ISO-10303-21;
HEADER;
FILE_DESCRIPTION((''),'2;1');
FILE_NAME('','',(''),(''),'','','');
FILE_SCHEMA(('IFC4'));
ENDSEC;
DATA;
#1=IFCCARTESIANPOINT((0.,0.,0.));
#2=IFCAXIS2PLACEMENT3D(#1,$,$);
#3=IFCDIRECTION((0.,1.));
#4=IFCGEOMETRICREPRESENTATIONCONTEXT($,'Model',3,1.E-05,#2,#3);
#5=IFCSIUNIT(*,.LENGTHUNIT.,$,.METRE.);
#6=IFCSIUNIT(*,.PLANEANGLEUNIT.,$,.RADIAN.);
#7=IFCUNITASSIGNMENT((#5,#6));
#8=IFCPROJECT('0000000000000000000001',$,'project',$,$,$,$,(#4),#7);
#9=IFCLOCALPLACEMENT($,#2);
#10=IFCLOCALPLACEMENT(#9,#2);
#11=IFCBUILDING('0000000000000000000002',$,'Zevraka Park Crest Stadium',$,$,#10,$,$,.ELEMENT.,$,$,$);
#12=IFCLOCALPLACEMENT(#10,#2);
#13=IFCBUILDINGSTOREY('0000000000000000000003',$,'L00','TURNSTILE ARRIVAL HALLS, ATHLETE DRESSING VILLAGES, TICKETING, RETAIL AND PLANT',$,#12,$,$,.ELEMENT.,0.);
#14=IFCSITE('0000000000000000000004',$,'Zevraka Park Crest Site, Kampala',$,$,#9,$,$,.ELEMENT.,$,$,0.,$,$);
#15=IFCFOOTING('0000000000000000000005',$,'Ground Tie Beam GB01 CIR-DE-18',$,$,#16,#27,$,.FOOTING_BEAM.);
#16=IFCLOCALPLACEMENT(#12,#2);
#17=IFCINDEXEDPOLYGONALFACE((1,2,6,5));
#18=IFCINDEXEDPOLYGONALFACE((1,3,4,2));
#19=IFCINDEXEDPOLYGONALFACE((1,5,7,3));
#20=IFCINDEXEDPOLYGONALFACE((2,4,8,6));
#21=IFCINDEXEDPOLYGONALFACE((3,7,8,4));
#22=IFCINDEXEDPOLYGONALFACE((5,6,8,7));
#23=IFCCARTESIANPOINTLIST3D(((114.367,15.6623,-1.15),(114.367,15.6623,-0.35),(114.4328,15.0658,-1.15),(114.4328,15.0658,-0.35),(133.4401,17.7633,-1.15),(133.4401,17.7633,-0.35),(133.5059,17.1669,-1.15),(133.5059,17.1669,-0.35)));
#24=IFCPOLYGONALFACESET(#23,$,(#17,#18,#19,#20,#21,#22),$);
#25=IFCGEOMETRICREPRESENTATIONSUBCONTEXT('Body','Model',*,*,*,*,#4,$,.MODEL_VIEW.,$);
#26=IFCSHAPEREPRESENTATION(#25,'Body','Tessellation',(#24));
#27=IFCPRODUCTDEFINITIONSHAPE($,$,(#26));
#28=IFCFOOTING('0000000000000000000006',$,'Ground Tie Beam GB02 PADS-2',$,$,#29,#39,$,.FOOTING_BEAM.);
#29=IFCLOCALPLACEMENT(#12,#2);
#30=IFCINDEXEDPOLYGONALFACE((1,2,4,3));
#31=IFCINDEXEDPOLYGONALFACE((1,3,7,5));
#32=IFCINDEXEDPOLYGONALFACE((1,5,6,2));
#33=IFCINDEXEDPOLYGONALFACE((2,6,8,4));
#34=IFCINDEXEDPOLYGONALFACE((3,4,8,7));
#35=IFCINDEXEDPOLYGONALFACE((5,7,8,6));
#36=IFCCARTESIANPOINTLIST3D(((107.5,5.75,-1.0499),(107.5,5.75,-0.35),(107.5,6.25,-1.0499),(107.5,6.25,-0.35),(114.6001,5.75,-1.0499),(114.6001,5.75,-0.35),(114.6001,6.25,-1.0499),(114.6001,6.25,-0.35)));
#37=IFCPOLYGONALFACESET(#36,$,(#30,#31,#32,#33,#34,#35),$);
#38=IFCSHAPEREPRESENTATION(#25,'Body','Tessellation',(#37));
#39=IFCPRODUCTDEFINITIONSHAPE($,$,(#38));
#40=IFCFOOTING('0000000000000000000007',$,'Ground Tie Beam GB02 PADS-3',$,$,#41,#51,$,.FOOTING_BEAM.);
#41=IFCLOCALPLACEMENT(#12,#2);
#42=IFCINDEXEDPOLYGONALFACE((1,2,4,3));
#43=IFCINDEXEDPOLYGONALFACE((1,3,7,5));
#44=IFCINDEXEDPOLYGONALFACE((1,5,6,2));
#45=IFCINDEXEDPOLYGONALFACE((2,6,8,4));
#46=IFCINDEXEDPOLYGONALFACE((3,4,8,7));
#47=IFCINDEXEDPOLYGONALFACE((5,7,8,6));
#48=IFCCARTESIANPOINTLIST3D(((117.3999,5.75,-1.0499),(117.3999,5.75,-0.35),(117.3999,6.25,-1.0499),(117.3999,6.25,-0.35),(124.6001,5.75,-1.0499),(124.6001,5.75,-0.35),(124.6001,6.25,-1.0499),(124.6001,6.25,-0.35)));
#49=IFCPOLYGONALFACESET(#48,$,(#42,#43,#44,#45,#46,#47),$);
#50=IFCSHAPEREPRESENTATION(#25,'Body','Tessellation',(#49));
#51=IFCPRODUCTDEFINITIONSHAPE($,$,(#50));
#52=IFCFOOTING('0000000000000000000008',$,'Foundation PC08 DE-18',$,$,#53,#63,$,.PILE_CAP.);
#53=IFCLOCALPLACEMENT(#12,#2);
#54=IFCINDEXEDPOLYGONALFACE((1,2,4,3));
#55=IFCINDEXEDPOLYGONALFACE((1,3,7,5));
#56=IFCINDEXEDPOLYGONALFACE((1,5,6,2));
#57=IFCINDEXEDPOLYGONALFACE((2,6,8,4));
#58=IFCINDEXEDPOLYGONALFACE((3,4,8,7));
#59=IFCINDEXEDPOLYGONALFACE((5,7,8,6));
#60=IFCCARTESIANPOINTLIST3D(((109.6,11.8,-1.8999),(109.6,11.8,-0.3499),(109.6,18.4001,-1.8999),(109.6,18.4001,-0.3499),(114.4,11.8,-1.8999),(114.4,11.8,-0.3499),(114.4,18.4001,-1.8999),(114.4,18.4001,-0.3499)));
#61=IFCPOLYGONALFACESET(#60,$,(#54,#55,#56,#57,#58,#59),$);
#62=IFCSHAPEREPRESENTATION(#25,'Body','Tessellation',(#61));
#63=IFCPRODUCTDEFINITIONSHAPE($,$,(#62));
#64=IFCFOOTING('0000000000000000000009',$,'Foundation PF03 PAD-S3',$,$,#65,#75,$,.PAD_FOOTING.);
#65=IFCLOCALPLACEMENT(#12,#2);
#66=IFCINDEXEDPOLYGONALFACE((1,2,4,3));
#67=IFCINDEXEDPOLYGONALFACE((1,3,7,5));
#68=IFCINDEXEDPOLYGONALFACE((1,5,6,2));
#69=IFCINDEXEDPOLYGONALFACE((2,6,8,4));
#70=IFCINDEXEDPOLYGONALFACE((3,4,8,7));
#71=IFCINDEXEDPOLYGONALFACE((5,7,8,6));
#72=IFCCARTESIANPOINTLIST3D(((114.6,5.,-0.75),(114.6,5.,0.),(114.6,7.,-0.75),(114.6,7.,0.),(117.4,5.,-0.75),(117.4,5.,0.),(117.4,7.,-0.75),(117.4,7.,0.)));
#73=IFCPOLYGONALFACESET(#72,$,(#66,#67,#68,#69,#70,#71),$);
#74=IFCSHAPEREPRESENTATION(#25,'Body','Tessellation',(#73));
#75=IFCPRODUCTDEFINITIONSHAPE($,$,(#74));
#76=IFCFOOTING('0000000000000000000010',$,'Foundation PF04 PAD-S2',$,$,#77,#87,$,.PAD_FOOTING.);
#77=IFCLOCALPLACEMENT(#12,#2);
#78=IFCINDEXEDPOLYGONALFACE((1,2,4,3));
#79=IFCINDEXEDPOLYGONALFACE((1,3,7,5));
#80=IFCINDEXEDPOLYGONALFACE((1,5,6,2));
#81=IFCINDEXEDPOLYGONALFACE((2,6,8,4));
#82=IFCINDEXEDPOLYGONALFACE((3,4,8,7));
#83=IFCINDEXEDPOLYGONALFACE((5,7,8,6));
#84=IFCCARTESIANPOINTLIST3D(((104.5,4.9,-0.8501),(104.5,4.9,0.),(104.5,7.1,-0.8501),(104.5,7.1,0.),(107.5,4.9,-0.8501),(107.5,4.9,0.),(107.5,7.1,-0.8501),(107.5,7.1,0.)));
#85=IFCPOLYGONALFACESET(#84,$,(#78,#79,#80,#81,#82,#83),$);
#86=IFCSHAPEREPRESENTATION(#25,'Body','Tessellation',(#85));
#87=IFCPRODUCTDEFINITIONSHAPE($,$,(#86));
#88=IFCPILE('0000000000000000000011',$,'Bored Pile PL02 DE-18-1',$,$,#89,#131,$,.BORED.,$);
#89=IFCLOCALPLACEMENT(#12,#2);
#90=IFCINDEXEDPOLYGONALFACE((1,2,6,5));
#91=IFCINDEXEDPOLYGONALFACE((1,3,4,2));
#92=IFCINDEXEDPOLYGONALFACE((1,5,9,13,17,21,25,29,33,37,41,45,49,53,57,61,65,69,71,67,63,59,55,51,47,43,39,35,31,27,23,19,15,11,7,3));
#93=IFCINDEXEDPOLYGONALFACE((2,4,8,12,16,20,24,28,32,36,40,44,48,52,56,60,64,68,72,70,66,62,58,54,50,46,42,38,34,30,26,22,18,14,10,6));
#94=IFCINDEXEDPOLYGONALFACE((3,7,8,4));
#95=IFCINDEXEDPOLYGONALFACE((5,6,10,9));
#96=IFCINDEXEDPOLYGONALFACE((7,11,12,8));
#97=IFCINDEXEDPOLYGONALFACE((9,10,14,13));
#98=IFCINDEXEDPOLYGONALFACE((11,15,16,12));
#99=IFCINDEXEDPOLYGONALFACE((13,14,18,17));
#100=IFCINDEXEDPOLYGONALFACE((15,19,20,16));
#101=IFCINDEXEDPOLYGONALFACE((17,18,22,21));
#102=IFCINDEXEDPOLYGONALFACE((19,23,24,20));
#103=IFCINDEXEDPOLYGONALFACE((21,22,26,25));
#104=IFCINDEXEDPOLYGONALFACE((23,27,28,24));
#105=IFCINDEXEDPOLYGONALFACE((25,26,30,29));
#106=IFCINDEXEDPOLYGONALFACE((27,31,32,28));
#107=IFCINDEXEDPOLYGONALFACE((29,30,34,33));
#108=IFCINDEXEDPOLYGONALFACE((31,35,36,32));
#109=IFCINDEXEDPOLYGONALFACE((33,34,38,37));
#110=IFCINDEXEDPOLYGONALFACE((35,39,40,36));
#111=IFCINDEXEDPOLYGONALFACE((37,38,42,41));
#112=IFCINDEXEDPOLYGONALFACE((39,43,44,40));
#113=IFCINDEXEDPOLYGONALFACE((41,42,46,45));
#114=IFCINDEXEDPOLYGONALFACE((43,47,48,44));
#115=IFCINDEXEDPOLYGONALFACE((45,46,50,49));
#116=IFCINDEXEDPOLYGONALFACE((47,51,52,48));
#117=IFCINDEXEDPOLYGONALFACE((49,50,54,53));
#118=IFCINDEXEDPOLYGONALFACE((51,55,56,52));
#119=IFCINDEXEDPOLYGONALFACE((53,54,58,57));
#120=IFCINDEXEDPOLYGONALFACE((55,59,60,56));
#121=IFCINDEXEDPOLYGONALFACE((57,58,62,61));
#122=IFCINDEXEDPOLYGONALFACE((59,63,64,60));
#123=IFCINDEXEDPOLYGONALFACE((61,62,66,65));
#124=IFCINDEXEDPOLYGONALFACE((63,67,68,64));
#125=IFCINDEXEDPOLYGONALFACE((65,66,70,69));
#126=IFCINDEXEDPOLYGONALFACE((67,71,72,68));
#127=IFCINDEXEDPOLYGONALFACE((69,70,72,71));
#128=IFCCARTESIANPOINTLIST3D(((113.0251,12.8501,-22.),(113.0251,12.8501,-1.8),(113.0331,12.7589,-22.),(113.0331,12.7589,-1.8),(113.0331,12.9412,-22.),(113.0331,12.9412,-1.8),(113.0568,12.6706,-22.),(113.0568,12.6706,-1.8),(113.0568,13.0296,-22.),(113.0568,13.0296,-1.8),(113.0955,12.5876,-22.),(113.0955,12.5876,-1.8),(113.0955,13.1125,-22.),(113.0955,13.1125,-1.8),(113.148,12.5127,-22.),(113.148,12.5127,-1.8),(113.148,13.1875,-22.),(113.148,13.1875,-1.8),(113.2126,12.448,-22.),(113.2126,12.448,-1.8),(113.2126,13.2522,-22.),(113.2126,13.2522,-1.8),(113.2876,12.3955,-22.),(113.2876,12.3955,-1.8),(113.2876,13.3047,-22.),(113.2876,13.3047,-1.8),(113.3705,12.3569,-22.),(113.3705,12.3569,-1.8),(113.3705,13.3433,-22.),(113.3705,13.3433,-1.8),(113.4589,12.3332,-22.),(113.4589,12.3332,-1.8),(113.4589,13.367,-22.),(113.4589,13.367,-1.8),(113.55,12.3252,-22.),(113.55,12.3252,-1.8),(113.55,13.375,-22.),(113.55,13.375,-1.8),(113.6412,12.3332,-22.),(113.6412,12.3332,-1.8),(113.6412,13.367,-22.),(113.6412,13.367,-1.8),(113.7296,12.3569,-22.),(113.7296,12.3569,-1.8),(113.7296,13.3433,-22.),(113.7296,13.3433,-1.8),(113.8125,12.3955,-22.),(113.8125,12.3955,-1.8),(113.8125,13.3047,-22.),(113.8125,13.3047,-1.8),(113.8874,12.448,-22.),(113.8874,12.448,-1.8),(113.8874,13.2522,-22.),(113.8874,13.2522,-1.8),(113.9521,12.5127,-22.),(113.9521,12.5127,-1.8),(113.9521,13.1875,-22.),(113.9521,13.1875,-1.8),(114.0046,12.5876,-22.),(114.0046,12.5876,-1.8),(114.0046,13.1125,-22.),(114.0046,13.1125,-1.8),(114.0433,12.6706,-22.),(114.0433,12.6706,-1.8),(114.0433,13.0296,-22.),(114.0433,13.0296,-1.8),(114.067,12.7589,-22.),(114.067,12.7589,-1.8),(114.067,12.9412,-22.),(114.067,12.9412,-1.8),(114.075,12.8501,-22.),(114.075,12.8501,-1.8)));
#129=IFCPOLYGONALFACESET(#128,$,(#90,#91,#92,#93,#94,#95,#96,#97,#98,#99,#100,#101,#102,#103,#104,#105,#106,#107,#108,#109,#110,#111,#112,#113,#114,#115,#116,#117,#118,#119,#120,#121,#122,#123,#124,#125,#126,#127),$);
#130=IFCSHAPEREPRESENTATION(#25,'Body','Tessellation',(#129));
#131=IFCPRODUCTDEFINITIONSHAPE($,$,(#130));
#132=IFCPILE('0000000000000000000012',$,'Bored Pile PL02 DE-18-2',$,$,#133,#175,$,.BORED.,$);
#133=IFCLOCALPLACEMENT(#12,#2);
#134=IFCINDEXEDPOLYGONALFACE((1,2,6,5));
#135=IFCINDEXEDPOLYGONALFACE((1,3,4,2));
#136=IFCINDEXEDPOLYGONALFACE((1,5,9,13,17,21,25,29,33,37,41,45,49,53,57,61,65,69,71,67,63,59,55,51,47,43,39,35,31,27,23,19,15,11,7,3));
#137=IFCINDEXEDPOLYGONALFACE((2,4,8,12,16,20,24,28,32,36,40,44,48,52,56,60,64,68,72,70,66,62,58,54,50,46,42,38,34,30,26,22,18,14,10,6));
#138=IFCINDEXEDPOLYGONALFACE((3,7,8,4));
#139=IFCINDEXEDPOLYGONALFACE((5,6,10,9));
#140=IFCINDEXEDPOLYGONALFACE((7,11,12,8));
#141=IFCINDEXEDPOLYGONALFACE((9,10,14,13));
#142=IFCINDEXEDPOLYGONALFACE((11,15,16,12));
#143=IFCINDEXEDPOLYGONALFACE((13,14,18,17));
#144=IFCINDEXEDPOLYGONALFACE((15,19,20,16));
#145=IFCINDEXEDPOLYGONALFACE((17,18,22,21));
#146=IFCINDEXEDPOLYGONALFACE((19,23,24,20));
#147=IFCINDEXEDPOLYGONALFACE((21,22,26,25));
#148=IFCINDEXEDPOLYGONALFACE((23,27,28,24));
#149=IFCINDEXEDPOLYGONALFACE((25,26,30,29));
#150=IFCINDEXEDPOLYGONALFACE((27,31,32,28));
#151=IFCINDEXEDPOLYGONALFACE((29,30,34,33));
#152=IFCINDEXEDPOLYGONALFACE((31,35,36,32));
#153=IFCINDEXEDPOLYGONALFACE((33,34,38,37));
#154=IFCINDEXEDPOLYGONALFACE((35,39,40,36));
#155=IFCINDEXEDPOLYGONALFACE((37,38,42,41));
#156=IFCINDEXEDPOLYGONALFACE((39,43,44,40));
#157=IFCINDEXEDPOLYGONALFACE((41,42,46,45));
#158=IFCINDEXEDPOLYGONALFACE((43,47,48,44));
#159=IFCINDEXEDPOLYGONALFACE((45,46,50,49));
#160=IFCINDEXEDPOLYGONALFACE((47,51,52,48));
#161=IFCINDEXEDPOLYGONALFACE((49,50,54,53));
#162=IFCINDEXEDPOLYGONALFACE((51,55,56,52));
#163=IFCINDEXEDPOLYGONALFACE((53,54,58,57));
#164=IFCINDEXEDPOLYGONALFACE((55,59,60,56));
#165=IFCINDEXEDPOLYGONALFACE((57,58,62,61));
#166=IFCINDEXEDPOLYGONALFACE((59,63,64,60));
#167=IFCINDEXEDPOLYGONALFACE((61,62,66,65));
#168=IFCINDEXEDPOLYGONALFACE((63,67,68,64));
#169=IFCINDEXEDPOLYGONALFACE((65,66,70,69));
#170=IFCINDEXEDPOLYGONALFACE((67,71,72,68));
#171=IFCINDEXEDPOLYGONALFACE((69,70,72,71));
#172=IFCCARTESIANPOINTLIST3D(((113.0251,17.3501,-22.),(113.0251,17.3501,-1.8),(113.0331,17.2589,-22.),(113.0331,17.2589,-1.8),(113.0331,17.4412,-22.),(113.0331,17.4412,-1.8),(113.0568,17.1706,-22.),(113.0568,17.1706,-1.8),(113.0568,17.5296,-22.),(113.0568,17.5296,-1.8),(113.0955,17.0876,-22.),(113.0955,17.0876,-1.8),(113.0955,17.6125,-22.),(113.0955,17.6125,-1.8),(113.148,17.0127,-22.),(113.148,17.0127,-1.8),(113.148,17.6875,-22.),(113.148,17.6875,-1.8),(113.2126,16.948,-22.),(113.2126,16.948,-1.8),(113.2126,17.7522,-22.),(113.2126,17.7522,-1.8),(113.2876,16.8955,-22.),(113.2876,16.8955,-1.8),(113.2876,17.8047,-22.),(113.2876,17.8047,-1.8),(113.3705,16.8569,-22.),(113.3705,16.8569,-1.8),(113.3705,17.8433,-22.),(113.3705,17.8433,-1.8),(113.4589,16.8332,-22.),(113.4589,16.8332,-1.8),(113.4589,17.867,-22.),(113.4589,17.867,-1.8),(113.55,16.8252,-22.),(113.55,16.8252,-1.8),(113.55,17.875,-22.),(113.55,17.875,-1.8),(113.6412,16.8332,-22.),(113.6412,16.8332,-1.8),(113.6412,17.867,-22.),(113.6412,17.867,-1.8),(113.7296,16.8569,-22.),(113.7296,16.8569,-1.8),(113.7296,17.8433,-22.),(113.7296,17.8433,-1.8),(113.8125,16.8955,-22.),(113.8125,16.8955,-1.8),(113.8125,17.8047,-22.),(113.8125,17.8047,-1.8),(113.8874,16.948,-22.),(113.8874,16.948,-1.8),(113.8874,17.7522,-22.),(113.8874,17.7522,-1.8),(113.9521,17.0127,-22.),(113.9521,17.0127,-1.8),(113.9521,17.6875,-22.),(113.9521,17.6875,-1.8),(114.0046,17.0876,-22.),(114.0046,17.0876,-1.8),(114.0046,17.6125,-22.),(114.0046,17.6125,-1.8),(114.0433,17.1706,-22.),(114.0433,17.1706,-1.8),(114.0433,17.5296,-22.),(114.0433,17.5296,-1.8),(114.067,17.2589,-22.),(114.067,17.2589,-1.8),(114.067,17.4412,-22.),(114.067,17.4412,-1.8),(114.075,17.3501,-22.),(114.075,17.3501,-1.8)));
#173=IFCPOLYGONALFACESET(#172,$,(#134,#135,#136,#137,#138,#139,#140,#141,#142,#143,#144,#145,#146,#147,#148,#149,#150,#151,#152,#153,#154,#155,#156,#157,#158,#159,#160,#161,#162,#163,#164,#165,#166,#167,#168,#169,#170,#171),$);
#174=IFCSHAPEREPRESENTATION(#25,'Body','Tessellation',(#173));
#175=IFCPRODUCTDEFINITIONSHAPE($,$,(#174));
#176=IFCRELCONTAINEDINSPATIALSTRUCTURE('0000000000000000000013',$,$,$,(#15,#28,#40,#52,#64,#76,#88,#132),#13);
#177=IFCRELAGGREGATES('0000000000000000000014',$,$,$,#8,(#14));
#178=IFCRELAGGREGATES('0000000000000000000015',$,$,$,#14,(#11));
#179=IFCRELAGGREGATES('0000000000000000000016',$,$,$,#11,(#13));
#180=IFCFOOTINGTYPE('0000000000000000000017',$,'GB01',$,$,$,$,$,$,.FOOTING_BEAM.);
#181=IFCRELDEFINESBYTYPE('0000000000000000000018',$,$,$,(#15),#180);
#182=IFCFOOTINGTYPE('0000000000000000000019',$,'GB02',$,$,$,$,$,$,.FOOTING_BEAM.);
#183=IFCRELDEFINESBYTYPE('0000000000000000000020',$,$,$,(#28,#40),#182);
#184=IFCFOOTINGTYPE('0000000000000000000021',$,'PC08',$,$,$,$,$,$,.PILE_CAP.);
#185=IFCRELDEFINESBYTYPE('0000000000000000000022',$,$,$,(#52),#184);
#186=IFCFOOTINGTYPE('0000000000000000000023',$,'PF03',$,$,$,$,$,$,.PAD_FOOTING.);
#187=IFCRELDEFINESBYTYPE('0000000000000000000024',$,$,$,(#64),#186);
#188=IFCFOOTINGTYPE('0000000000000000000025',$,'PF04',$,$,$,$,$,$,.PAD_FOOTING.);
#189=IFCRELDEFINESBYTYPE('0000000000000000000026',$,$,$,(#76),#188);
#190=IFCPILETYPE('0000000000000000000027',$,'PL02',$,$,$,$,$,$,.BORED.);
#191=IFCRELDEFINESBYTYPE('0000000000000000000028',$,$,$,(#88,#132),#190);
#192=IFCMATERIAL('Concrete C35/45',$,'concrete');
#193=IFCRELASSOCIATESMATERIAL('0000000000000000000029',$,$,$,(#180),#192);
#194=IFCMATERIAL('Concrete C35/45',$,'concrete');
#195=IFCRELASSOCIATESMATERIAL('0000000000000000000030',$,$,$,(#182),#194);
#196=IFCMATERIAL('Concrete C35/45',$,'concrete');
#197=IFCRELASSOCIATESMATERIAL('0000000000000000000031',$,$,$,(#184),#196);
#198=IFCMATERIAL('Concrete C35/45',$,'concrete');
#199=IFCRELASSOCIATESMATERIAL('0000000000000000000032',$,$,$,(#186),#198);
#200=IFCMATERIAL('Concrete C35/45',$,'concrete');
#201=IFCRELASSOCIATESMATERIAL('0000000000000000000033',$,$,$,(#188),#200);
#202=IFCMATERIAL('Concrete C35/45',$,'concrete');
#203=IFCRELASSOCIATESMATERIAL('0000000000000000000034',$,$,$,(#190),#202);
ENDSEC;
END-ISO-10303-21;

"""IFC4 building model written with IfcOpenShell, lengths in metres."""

from ifc_helpers import new_model, si_unit, direction, frame, origin, origin_2d, place, context, subcontext, project, spatial, rectangle, circle, extrude, material, material_profile, profile_set, type_object, element, save


model = new_model("IFC4")

# Units and contexts
model_context = context("Model", 3, precision=1e-05, world=origin(), true_north=direction((0.0, 1.0)))
body_context = subcontext(model_context, "Body", "Model", "MODEL_VIEW")
ifc_project = project(units=[si_unit("LENGTHUNIT", "METRE"), si_unit("PLANEANGLEUNIT", "RADIAN")], contexts=[model_context])

# Site, building, storey
site_placement = place(None, origin())
site = spatial("IfcSite", under=ifc_project, at=site_placement, Name="Zevraka Park Crest Site, Kampala", CompositionType="ELEMENT", RefElevation=0.0)
building_placement = place(site_placement, origin())
building = spatial("IfcBuilding", under=site, at=building_placement, Name="Zevraka Park Crest Stadium", CompositionType="ELEMENT")
storey_placement = place(building_placement, origin())
storey = spatial("IfcBuildingStorey", under=building, at=storey_placement, Name="L00", Description="TURNSTILE ARRIVAL HALLS, ATHLETE DRESSING VILLAGES, TICKETING, RETAIL AND PLANT", CompositionType="ELEMENT", Elevation=0.0)

# Footings
ifc_material_1 = material(Name="Concrete C35/45", Category="concrete")
ifc_material_profile_1 = material_profile(ifc_material_1, rectangle(XDim=0.6001, YDim=0.8, at=origin_2d()), Name="GB 800x600")
ifc_profile_set_1 = profile_set([ifc_material_profile_1], Name="Concrete C35/45")
footing_type_1 = type_object("IfcFootingType", Name="GB01", PredefinedType="FOOTING_BEAM", material=ifc_profile_set_1)
footing_1_placement = place(storey_placement, frame((114.3999, 15.364, -0.75), z_axis=(0.993987, 0.109497, 0.0), x_axis=(-0.109497, 0.993987, 0.0)))
element("IfcFooting", 1, at=footing_1_placement, inside=storey, type_object=footing_type_1, Name="Ground Tie Beam GB01 CIR-DE-18", PredefinedType="FOOTING_BEAM", context=body_context, shape_type="SweptSolid", body=[
    extrude(rectangle(XDim=0.6001, YDim=0.8, at=origin_2d()), origin(), (0.0, 0.0, 1.0), 19.1885),
])
ifc_material_2 = material(Name="Concrete C35/45", Category="concrete")
ifc_material_profile_2 = material_profile(ifc_material_2, rectangle(XDim=0.5, YDim=0.7, at=origin_2d()), Name="GB 700x500")
ifc_profile_set_2 = profile_set([ifc_material_profile_2], Name="Concrete C35/45")
footing_type_2 = type_object("IfcFootingType", Name="GB02", PredefinedType="FOOTING_BEAM", material=ifc_profile_set_2)
footing_2_placement = place(storey_placement, frame((107.5, 6.0, -0.7), z_axis=(1.0, 0.0, 0.0), x_axis=(0.0, 1.0, 0.0)))
element("IfcFooting", 2, at=footing_2_placement, inside=storey, type_object=footing_type_2, Name="Ground Tie Beam GB02 PADS-2", PredefinedType="FOOTING_BEAM", context=body_context, shape_type="SweptSolid", body=[
    extrude(rectangle(XDim=0.5, YDim=0.7, at=origin_2d()), origin(), (0.0, 0.0, 1.0), 7.1001),
])
footing_3_placement = place(storey_placement, frame((117.3999, 6.0, -0.7), z_axis=(1.0, 0.0, 0.0), x_axis=(0.0, 1.0, 0.0)))
element("IfcFooting", 3, at=footing_3_placement, inside=storey, type_object=footing_type_2, Name="Ground Tie Beam GB02 PADS-3", PredefinedType="FOOTING_BEAM", context=body_context, shape_type="SweptSolid", body=[
    extrude(rectangle(XDim=0.5, YDim=0.7, at=origin_2d()), origin(), (0.0, 0.0, 1.0), 7.2002),
])
ifc_material_3 = material(Name="Concrete C35/45", Category="concrete")
footing_type_3 = type_object("IfcFootingType", Name="PC08", PredefinedType="PILE_CAP", material=ifc_material_3)
footing_4_placement = place(storey_placement, frame((112.0, 15.1001, -1.8999), z_axis=(0.0, 0.0, 1.0), x_axis=(0.0, 1.0, 0.0)))
element("IfcFooting", 4, at=footing_4_placement, inside=storey, type_object=footing_type_3, Name="Foundation PC08 DE-18", PredefinedType="PILE_CAP", context=body_context, shape_type="SweptSolid", body=[
    extrude(rectangle(XDim=6.6001, YDim=4.8, at=origin_2d()), origin(), (0.0, 0.0, 1.0), 1.55),
])
ifc_material_4 = material(Name="Concrete C35/45", Category="concrete")
footing_type_4 = type_object("IfcFootingType", Name="PF03", PredefinedType="PAD_FOOTING", material=ifc_material_4)
footing_5_placement = place(storey_placement, frame((116.0, 6.0, -0.75), z_axis=(0.0, 0.0, 1.0), x_axis=(1.0, 0.0, 0.0)))
element("IfcFooting", 5, at=footing_5_placement, inside=storey, type_object=footing_type_4, Name="Foundation PF03 PAD-S3", PredefinedType="PAD_FOOTING", context=body_context, shape_type="SweptSolid", body=[
    extrude(rectangle(XDim=2.8, YDim=2.0, at=origin_2d()), origin(), (0.0, 0.0, 1.0), 0.75),
])
ifc_material_5 = material(Name="Concrete C35/45", Category="concrete")
footing_type_5 = type_object("IfcFootingType", Name="PF04", PredefinedType="PAD_FOOTING", material=ifc_material_5)
footing_6_placement = place(storey_placement, frame((106.0, 6.0, -0.8501), z_axis=(0.0, 0.0, 1.0), x_axis=(1.0, 0.0, 0.0)))
element("IfcFooting", 6, at=footing_6_placement, inside=storey, type_object=footing_type_5, Name="Foundation PF04 PAD-S2", PredefinedType="PAD_FOOTING", context=body_context, shape_type="SweptSolid", body=[
    extrude(rectangle(XDim=3.0, YDim=2.2, at=origin_2d()), origin(), (0.0, 0.0, 1.0), 0.8501),
])

# Piles
ifc_material_6 = material(Name="Concrete C35/45", Category="concrete")
ifc_material_profile_3 = material_profile(ifc_material_6, circle(Radius=0.5249, at=origin_2d()), Name="PILE D1050")
ifc_profile_set_3 = profile_set([ifc_material_profile_3], Name="Concrete C35/45")
pile_type = type_object("IfcPileType", Name="PL02", PredefinedType="BORED", material=ifc_profile_set_3)
for number, where, z_axis, x_axis, name in (
    (7, (113.55, 12.8501, -1.8), (0.0, 0.0, -1.0), (1.0, 0.0, 0.0), "Bored Pile PL02 DE-18-1"),
    (8, (113.55, 17.3501, -1.8), (0.0, 0.0, -1.0), (1.0, 0.0, 0.0), "Bored Pile PL02 DE-18-2"),
):
    element("IfcPile", number, at=place(storey_placement, frame(where, z_axis=z_axis, x_axis=x_axis)), inside=storey, type_object=pile_type, Name=name, PredefinedType="BORED", context=body_context, shape_type="SweptSolid", body=[
        extrude(circle(Radius=0.5249, at=origin_2d()), origin(), (0.0, 0.0, 1.0), 20.2),
    ])

save(model, "model.ifc")
